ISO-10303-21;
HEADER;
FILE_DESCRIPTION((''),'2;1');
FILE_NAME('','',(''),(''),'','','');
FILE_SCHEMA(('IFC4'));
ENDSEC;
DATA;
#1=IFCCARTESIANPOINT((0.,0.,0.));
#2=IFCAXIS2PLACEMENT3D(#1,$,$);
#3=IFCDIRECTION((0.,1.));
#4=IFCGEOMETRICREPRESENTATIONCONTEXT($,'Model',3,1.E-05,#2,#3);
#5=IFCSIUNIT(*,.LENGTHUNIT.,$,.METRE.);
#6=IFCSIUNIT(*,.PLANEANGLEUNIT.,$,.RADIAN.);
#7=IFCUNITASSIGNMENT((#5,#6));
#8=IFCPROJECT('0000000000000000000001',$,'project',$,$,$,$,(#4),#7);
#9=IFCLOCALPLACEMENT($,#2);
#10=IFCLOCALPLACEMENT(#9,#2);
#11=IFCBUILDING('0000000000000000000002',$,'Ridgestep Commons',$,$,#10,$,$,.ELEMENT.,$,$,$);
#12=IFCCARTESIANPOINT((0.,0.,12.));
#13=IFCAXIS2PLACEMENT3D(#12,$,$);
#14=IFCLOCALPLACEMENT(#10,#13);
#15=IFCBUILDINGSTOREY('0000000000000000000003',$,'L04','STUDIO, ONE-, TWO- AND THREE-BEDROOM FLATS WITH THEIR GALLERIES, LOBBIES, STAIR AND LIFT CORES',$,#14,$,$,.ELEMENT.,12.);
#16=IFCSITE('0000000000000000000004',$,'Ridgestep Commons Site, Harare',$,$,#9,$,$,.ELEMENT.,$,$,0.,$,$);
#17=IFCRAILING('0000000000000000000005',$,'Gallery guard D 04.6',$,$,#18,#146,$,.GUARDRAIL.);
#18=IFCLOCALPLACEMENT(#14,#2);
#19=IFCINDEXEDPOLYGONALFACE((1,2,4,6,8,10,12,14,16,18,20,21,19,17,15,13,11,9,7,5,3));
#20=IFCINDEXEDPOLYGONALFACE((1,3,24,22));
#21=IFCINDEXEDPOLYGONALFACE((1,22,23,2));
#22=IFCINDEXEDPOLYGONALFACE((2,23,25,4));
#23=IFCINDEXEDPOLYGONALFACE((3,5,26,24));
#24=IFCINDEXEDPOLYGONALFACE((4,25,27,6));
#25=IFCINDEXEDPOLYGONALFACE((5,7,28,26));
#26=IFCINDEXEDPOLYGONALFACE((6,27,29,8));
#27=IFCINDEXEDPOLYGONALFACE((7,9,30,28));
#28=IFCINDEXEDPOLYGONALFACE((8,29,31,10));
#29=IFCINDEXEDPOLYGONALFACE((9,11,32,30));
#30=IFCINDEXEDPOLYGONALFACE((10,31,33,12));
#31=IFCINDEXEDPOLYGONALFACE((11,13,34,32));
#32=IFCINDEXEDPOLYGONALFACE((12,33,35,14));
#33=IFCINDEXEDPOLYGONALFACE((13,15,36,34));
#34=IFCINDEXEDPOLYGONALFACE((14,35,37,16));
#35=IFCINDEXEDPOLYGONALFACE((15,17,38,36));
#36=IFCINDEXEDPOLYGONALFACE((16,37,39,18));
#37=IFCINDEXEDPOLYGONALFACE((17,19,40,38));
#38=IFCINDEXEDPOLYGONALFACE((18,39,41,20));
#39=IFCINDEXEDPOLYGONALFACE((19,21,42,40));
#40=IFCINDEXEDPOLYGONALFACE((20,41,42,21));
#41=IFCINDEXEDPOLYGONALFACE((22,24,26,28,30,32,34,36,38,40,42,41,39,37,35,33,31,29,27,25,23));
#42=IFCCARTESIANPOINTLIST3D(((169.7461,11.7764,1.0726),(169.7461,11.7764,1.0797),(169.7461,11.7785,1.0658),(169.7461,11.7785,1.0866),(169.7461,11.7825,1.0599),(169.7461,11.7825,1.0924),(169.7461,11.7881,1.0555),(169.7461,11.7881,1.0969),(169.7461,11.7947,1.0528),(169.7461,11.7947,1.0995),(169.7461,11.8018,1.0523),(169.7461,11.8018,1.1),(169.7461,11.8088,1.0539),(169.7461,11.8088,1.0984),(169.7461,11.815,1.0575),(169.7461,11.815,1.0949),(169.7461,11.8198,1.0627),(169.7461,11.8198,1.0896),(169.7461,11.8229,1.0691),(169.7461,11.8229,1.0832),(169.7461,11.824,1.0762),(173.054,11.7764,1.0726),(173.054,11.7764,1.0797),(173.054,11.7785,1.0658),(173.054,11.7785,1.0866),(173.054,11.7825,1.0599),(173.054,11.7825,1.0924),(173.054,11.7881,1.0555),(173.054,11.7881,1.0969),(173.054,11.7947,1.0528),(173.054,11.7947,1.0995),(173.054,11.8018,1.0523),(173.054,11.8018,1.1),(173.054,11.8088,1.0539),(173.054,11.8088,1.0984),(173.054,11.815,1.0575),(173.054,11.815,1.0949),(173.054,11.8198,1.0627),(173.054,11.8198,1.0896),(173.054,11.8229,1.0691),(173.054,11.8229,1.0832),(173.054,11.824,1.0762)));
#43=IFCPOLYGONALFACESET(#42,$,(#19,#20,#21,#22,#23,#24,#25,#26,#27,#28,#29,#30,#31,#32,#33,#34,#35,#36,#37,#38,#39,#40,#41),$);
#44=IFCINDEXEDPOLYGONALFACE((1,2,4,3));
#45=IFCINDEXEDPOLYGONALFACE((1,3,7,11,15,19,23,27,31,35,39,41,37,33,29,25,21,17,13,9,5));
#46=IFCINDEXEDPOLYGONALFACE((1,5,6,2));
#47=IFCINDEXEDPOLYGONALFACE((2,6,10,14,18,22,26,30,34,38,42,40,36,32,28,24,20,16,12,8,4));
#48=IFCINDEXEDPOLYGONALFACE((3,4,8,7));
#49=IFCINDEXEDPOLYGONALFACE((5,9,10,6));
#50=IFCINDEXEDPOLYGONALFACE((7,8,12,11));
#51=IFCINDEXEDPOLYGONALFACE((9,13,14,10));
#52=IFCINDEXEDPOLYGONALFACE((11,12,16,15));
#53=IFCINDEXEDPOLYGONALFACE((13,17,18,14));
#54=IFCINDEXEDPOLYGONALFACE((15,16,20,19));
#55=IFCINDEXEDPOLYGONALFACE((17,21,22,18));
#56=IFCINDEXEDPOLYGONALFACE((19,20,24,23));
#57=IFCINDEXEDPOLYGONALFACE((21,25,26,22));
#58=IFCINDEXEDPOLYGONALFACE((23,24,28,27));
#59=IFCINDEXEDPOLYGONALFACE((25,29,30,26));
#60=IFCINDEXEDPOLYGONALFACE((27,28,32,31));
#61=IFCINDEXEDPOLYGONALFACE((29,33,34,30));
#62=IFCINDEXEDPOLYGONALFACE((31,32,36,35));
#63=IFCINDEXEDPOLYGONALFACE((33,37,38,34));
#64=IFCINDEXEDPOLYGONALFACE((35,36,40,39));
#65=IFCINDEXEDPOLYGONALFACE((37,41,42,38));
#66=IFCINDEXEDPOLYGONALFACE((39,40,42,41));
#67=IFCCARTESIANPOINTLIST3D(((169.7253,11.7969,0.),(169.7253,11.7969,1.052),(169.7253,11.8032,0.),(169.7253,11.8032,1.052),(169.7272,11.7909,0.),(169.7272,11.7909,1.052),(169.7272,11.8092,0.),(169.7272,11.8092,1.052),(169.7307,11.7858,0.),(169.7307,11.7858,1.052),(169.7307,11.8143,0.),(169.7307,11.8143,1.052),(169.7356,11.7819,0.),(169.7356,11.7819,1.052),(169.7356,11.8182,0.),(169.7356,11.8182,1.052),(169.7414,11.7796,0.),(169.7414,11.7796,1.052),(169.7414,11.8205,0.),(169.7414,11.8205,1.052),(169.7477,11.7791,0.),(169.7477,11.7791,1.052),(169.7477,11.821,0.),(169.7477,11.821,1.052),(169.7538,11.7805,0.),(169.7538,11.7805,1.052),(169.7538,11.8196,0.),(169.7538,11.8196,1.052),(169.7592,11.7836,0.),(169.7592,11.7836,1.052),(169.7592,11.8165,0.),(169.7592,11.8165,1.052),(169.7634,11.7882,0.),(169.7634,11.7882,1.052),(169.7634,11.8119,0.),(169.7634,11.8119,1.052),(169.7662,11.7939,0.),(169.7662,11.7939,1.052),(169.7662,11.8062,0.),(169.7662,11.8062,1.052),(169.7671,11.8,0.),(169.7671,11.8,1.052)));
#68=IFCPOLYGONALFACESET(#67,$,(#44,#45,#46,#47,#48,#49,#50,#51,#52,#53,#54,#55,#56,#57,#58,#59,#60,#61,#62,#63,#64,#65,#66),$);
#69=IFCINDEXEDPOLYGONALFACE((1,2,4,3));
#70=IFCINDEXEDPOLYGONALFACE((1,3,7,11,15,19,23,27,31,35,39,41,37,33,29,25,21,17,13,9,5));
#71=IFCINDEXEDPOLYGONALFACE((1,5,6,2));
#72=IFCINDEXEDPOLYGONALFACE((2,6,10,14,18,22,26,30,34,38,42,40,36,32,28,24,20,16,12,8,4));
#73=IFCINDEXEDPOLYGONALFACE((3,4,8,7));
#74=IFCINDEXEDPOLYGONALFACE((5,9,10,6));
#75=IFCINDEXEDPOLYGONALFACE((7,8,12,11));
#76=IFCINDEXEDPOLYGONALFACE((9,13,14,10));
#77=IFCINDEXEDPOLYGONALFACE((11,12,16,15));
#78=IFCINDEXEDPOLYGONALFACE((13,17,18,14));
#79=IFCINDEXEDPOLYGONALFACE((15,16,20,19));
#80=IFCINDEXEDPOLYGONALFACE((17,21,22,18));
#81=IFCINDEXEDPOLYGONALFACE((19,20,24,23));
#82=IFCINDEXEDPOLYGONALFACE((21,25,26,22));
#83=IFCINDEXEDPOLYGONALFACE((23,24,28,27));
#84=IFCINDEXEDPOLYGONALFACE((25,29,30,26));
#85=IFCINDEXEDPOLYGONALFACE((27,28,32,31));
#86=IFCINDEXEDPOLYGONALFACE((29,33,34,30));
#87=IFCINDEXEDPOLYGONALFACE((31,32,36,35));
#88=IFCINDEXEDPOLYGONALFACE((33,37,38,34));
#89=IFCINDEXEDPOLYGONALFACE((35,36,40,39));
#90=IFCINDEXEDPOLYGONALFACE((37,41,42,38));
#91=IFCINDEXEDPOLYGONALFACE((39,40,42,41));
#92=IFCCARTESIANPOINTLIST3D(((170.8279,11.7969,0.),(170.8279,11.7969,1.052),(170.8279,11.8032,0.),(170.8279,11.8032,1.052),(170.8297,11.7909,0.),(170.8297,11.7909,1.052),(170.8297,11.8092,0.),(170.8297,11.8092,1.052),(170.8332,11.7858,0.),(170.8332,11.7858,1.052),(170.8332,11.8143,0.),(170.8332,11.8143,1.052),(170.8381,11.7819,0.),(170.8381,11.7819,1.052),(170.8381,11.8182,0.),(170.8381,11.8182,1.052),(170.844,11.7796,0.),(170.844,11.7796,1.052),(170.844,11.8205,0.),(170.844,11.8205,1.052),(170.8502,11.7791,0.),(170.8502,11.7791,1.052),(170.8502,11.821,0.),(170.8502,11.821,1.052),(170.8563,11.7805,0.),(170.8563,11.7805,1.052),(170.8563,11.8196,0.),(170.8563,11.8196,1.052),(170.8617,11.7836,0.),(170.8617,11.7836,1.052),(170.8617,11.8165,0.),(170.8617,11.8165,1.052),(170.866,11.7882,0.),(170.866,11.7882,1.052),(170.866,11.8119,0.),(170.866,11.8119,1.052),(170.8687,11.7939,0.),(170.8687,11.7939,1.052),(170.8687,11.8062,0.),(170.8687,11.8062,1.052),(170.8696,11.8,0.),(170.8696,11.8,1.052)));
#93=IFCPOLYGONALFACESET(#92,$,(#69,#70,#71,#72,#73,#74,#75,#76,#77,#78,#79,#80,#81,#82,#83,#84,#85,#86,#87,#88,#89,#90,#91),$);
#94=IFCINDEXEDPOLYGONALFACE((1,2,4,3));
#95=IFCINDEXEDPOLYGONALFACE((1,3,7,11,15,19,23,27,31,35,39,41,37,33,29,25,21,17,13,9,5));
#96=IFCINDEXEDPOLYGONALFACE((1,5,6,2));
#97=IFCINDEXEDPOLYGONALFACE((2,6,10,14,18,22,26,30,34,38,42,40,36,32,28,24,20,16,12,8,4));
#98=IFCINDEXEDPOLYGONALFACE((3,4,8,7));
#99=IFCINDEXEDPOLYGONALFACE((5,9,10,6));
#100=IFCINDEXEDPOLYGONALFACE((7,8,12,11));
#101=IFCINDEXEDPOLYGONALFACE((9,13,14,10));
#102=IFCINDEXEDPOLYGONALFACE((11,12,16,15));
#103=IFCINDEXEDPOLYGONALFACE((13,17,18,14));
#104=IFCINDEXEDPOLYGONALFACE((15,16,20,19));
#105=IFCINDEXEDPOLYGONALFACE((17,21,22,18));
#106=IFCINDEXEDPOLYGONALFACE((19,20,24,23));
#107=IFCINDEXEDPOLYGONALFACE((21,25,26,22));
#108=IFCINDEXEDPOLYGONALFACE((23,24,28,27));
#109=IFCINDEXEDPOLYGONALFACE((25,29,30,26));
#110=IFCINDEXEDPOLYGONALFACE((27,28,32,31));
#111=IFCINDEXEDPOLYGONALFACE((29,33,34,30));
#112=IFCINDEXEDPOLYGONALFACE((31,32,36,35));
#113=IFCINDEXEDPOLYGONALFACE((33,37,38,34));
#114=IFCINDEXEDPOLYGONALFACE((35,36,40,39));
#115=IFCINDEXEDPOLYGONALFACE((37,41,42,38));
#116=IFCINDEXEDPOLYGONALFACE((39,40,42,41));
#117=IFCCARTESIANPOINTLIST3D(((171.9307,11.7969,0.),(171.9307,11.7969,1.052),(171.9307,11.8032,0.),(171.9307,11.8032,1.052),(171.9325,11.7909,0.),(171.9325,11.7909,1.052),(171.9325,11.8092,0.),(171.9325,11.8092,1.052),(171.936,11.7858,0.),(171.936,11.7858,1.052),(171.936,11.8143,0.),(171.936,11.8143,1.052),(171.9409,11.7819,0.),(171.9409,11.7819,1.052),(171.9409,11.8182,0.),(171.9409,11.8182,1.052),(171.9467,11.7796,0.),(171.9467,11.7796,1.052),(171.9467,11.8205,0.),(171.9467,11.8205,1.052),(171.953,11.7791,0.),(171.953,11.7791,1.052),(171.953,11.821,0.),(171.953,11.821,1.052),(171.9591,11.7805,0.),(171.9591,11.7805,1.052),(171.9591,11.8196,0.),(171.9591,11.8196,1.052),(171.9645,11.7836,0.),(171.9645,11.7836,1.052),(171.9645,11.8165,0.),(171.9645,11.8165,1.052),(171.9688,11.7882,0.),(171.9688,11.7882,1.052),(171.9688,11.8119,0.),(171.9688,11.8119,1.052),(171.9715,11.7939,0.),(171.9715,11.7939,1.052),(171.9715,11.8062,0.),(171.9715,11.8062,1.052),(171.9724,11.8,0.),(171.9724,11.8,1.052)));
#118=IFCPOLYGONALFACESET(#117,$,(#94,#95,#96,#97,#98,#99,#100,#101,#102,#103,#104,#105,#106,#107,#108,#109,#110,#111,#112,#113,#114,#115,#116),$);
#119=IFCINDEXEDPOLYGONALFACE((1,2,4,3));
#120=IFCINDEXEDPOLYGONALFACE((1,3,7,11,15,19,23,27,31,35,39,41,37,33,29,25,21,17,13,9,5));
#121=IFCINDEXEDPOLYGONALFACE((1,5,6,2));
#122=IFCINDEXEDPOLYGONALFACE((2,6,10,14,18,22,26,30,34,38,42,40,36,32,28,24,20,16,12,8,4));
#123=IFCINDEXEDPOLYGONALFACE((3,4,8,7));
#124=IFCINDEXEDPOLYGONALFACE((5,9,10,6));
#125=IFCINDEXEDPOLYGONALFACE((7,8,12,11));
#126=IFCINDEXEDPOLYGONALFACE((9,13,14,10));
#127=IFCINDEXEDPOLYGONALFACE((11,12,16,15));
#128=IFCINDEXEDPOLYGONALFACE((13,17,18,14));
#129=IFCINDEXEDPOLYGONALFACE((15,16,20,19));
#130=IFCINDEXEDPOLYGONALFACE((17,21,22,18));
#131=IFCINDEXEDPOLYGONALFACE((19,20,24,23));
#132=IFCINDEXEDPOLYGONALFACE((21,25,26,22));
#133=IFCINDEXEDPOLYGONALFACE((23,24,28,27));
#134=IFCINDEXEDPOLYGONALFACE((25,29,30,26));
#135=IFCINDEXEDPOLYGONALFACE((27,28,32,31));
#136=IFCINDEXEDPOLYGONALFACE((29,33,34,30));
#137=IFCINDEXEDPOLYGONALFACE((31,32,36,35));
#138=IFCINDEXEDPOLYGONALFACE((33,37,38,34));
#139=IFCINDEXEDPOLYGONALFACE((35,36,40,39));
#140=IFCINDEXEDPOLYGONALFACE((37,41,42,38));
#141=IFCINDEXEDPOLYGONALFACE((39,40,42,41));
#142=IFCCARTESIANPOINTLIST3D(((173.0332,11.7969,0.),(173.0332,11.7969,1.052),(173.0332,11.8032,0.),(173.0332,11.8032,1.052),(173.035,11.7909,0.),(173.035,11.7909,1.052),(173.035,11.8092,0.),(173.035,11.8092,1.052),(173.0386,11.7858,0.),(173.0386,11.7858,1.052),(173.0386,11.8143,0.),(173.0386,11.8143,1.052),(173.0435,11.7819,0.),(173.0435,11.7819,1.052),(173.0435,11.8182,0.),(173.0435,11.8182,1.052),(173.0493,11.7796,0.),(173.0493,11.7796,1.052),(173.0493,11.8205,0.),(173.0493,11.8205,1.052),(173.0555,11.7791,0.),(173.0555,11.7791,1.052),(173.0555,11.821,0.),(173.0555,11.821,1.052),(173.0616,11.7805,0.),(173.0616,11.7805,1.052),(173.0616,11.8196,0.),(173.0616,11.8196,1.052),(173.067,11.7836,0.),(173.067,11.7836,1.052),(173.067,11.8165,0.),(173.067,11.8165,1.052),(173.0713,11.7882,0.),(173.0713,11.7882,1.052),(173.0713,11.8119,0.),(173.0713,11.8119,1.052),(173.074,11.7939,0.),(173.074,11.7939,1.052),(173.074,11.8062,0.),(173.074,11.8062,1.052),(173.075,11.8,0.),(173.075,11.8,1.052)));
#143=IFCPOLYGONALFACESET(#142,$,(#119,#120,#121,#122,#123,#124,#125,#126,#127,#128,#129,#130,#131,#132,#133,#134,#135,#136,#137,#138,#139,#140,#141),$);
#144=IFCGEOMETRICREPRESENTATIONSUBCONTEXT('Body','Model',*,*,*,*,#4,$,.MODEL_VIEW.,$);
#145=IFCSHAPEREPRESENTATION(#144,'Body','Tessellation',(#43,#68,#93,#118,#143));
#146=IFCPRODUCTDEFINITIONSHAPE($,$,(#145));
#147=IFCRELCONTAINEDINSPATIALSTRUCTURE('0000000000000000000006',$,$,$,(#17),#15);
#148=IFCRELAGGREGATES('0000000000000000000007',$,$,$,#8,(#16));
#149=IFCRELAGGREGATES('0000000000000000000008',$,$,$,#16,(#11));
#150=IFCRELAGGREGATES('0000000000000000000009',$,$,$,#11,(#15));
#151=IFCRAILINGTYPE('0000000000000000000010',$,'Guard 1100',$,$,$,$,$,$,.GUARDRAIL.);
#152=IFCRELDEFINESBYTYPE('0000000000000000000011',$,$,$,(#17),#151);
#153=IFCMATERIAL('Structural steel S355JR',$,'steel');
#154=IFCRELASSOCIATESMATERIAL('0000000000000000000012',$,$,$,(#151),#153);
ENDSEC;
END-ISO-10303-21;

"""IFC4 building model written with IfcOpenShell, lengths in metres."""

from ifc_helpers import new_model, si_unit, direction, frame, origin, origin_2d, place, context, subcontext, project, spatial, circle, extrude, material, type_object, element, save


model = new_model("IFC4")

# Units and contexts
model_context = context("Model", 3, precision=1e-05, world=origin(), true_north=direction((0.0, 1.0)))
body_context = subcontext(model_context, "Body", "Model", "MODEL_VIEW")
ifc_project = project(units=[si_unit("LENGTHUNIT", "METRE"), si_unit("PLANEANGLEUNIT", "RADIAN")], contexts=[model_context])

# Site, building, storey
site_placement = place(None, origin())
site = spatial("IfcSite", under=ifc_project, at=site_placement, Name="Ridgestep Commons Site, Harare", CompositionType="ELEMENT", RefElevation=0.0)
building_placement = place(site_placement, origin())
building = spatial("IfcBuilding", under=site, at=building_placement, Name="Ridgestep Commons", CompositionType="ELEMENT")
storey_placement = place(building_placement, frame((0.0, 0.0, 12.0)))
storey = spatial("IfcBuildingStorey", under=building, at=storey_placement, Name="L04", Description="STUDIO, ONE-, TWO- AND THREE-BEDROOM FLATS WITH THEIR GALLERIES, LOBBIES, STAIR AND LIFT CORES", CompositionType="ELEMENT", Elevation=12.0)

# Railing
ifc_material_1 = material(Name="Structural steel S355JR", Category="steel")
railing_type_1 = type_object("IfcRailingType", Name="Guard 1100", PredefinedType="GUARDRAIL", material=ifc_material_1)
railing_1_placement = place(storey_placement, frame((169.7461, 11.8, 0.0)))
element("IfcRailing", 1, at=railing_1_placement, inside=storey, type_object=railing_type_1, Name="Gallery guard D 04.6", PredefinedType="GUARDRAIL", context=body_context, shape_type="SweptSolid", body=[
    extrude(circle(Radius=0.0239, at=origin_2d()), frame((0.0, 0.0, 1.0762), z_axis=(1.0, 0.0, 0.0), x_axis=(0.0, 1.0, 0.0)), (0.0, 0.0, 1.0), 3.3079),
    extrude(circle(Radius=0.021, at=origin_2d()), origin(), (0.0, 0.0, 1.0), 1.052),
    extrude(circle(Radius=0.021, at=origin_2d()), frame((1.1025, 0.0, 0.0)), (0.0, 0.0, 1.0), 1.052),
    extrude(circle(Radius=0.021, at=origin_2d()), frame((2.2053, 0.0, 0.0)), (0.0, 0.0, 1.0), 1.052),
    extrude(circle(Radius=0.021, at=origin_2d()), frame((3.3079, 0.0, 0.0)), (0.0, 0.0, 1.0), 1.052),
])

save(model, "model.ifc")
